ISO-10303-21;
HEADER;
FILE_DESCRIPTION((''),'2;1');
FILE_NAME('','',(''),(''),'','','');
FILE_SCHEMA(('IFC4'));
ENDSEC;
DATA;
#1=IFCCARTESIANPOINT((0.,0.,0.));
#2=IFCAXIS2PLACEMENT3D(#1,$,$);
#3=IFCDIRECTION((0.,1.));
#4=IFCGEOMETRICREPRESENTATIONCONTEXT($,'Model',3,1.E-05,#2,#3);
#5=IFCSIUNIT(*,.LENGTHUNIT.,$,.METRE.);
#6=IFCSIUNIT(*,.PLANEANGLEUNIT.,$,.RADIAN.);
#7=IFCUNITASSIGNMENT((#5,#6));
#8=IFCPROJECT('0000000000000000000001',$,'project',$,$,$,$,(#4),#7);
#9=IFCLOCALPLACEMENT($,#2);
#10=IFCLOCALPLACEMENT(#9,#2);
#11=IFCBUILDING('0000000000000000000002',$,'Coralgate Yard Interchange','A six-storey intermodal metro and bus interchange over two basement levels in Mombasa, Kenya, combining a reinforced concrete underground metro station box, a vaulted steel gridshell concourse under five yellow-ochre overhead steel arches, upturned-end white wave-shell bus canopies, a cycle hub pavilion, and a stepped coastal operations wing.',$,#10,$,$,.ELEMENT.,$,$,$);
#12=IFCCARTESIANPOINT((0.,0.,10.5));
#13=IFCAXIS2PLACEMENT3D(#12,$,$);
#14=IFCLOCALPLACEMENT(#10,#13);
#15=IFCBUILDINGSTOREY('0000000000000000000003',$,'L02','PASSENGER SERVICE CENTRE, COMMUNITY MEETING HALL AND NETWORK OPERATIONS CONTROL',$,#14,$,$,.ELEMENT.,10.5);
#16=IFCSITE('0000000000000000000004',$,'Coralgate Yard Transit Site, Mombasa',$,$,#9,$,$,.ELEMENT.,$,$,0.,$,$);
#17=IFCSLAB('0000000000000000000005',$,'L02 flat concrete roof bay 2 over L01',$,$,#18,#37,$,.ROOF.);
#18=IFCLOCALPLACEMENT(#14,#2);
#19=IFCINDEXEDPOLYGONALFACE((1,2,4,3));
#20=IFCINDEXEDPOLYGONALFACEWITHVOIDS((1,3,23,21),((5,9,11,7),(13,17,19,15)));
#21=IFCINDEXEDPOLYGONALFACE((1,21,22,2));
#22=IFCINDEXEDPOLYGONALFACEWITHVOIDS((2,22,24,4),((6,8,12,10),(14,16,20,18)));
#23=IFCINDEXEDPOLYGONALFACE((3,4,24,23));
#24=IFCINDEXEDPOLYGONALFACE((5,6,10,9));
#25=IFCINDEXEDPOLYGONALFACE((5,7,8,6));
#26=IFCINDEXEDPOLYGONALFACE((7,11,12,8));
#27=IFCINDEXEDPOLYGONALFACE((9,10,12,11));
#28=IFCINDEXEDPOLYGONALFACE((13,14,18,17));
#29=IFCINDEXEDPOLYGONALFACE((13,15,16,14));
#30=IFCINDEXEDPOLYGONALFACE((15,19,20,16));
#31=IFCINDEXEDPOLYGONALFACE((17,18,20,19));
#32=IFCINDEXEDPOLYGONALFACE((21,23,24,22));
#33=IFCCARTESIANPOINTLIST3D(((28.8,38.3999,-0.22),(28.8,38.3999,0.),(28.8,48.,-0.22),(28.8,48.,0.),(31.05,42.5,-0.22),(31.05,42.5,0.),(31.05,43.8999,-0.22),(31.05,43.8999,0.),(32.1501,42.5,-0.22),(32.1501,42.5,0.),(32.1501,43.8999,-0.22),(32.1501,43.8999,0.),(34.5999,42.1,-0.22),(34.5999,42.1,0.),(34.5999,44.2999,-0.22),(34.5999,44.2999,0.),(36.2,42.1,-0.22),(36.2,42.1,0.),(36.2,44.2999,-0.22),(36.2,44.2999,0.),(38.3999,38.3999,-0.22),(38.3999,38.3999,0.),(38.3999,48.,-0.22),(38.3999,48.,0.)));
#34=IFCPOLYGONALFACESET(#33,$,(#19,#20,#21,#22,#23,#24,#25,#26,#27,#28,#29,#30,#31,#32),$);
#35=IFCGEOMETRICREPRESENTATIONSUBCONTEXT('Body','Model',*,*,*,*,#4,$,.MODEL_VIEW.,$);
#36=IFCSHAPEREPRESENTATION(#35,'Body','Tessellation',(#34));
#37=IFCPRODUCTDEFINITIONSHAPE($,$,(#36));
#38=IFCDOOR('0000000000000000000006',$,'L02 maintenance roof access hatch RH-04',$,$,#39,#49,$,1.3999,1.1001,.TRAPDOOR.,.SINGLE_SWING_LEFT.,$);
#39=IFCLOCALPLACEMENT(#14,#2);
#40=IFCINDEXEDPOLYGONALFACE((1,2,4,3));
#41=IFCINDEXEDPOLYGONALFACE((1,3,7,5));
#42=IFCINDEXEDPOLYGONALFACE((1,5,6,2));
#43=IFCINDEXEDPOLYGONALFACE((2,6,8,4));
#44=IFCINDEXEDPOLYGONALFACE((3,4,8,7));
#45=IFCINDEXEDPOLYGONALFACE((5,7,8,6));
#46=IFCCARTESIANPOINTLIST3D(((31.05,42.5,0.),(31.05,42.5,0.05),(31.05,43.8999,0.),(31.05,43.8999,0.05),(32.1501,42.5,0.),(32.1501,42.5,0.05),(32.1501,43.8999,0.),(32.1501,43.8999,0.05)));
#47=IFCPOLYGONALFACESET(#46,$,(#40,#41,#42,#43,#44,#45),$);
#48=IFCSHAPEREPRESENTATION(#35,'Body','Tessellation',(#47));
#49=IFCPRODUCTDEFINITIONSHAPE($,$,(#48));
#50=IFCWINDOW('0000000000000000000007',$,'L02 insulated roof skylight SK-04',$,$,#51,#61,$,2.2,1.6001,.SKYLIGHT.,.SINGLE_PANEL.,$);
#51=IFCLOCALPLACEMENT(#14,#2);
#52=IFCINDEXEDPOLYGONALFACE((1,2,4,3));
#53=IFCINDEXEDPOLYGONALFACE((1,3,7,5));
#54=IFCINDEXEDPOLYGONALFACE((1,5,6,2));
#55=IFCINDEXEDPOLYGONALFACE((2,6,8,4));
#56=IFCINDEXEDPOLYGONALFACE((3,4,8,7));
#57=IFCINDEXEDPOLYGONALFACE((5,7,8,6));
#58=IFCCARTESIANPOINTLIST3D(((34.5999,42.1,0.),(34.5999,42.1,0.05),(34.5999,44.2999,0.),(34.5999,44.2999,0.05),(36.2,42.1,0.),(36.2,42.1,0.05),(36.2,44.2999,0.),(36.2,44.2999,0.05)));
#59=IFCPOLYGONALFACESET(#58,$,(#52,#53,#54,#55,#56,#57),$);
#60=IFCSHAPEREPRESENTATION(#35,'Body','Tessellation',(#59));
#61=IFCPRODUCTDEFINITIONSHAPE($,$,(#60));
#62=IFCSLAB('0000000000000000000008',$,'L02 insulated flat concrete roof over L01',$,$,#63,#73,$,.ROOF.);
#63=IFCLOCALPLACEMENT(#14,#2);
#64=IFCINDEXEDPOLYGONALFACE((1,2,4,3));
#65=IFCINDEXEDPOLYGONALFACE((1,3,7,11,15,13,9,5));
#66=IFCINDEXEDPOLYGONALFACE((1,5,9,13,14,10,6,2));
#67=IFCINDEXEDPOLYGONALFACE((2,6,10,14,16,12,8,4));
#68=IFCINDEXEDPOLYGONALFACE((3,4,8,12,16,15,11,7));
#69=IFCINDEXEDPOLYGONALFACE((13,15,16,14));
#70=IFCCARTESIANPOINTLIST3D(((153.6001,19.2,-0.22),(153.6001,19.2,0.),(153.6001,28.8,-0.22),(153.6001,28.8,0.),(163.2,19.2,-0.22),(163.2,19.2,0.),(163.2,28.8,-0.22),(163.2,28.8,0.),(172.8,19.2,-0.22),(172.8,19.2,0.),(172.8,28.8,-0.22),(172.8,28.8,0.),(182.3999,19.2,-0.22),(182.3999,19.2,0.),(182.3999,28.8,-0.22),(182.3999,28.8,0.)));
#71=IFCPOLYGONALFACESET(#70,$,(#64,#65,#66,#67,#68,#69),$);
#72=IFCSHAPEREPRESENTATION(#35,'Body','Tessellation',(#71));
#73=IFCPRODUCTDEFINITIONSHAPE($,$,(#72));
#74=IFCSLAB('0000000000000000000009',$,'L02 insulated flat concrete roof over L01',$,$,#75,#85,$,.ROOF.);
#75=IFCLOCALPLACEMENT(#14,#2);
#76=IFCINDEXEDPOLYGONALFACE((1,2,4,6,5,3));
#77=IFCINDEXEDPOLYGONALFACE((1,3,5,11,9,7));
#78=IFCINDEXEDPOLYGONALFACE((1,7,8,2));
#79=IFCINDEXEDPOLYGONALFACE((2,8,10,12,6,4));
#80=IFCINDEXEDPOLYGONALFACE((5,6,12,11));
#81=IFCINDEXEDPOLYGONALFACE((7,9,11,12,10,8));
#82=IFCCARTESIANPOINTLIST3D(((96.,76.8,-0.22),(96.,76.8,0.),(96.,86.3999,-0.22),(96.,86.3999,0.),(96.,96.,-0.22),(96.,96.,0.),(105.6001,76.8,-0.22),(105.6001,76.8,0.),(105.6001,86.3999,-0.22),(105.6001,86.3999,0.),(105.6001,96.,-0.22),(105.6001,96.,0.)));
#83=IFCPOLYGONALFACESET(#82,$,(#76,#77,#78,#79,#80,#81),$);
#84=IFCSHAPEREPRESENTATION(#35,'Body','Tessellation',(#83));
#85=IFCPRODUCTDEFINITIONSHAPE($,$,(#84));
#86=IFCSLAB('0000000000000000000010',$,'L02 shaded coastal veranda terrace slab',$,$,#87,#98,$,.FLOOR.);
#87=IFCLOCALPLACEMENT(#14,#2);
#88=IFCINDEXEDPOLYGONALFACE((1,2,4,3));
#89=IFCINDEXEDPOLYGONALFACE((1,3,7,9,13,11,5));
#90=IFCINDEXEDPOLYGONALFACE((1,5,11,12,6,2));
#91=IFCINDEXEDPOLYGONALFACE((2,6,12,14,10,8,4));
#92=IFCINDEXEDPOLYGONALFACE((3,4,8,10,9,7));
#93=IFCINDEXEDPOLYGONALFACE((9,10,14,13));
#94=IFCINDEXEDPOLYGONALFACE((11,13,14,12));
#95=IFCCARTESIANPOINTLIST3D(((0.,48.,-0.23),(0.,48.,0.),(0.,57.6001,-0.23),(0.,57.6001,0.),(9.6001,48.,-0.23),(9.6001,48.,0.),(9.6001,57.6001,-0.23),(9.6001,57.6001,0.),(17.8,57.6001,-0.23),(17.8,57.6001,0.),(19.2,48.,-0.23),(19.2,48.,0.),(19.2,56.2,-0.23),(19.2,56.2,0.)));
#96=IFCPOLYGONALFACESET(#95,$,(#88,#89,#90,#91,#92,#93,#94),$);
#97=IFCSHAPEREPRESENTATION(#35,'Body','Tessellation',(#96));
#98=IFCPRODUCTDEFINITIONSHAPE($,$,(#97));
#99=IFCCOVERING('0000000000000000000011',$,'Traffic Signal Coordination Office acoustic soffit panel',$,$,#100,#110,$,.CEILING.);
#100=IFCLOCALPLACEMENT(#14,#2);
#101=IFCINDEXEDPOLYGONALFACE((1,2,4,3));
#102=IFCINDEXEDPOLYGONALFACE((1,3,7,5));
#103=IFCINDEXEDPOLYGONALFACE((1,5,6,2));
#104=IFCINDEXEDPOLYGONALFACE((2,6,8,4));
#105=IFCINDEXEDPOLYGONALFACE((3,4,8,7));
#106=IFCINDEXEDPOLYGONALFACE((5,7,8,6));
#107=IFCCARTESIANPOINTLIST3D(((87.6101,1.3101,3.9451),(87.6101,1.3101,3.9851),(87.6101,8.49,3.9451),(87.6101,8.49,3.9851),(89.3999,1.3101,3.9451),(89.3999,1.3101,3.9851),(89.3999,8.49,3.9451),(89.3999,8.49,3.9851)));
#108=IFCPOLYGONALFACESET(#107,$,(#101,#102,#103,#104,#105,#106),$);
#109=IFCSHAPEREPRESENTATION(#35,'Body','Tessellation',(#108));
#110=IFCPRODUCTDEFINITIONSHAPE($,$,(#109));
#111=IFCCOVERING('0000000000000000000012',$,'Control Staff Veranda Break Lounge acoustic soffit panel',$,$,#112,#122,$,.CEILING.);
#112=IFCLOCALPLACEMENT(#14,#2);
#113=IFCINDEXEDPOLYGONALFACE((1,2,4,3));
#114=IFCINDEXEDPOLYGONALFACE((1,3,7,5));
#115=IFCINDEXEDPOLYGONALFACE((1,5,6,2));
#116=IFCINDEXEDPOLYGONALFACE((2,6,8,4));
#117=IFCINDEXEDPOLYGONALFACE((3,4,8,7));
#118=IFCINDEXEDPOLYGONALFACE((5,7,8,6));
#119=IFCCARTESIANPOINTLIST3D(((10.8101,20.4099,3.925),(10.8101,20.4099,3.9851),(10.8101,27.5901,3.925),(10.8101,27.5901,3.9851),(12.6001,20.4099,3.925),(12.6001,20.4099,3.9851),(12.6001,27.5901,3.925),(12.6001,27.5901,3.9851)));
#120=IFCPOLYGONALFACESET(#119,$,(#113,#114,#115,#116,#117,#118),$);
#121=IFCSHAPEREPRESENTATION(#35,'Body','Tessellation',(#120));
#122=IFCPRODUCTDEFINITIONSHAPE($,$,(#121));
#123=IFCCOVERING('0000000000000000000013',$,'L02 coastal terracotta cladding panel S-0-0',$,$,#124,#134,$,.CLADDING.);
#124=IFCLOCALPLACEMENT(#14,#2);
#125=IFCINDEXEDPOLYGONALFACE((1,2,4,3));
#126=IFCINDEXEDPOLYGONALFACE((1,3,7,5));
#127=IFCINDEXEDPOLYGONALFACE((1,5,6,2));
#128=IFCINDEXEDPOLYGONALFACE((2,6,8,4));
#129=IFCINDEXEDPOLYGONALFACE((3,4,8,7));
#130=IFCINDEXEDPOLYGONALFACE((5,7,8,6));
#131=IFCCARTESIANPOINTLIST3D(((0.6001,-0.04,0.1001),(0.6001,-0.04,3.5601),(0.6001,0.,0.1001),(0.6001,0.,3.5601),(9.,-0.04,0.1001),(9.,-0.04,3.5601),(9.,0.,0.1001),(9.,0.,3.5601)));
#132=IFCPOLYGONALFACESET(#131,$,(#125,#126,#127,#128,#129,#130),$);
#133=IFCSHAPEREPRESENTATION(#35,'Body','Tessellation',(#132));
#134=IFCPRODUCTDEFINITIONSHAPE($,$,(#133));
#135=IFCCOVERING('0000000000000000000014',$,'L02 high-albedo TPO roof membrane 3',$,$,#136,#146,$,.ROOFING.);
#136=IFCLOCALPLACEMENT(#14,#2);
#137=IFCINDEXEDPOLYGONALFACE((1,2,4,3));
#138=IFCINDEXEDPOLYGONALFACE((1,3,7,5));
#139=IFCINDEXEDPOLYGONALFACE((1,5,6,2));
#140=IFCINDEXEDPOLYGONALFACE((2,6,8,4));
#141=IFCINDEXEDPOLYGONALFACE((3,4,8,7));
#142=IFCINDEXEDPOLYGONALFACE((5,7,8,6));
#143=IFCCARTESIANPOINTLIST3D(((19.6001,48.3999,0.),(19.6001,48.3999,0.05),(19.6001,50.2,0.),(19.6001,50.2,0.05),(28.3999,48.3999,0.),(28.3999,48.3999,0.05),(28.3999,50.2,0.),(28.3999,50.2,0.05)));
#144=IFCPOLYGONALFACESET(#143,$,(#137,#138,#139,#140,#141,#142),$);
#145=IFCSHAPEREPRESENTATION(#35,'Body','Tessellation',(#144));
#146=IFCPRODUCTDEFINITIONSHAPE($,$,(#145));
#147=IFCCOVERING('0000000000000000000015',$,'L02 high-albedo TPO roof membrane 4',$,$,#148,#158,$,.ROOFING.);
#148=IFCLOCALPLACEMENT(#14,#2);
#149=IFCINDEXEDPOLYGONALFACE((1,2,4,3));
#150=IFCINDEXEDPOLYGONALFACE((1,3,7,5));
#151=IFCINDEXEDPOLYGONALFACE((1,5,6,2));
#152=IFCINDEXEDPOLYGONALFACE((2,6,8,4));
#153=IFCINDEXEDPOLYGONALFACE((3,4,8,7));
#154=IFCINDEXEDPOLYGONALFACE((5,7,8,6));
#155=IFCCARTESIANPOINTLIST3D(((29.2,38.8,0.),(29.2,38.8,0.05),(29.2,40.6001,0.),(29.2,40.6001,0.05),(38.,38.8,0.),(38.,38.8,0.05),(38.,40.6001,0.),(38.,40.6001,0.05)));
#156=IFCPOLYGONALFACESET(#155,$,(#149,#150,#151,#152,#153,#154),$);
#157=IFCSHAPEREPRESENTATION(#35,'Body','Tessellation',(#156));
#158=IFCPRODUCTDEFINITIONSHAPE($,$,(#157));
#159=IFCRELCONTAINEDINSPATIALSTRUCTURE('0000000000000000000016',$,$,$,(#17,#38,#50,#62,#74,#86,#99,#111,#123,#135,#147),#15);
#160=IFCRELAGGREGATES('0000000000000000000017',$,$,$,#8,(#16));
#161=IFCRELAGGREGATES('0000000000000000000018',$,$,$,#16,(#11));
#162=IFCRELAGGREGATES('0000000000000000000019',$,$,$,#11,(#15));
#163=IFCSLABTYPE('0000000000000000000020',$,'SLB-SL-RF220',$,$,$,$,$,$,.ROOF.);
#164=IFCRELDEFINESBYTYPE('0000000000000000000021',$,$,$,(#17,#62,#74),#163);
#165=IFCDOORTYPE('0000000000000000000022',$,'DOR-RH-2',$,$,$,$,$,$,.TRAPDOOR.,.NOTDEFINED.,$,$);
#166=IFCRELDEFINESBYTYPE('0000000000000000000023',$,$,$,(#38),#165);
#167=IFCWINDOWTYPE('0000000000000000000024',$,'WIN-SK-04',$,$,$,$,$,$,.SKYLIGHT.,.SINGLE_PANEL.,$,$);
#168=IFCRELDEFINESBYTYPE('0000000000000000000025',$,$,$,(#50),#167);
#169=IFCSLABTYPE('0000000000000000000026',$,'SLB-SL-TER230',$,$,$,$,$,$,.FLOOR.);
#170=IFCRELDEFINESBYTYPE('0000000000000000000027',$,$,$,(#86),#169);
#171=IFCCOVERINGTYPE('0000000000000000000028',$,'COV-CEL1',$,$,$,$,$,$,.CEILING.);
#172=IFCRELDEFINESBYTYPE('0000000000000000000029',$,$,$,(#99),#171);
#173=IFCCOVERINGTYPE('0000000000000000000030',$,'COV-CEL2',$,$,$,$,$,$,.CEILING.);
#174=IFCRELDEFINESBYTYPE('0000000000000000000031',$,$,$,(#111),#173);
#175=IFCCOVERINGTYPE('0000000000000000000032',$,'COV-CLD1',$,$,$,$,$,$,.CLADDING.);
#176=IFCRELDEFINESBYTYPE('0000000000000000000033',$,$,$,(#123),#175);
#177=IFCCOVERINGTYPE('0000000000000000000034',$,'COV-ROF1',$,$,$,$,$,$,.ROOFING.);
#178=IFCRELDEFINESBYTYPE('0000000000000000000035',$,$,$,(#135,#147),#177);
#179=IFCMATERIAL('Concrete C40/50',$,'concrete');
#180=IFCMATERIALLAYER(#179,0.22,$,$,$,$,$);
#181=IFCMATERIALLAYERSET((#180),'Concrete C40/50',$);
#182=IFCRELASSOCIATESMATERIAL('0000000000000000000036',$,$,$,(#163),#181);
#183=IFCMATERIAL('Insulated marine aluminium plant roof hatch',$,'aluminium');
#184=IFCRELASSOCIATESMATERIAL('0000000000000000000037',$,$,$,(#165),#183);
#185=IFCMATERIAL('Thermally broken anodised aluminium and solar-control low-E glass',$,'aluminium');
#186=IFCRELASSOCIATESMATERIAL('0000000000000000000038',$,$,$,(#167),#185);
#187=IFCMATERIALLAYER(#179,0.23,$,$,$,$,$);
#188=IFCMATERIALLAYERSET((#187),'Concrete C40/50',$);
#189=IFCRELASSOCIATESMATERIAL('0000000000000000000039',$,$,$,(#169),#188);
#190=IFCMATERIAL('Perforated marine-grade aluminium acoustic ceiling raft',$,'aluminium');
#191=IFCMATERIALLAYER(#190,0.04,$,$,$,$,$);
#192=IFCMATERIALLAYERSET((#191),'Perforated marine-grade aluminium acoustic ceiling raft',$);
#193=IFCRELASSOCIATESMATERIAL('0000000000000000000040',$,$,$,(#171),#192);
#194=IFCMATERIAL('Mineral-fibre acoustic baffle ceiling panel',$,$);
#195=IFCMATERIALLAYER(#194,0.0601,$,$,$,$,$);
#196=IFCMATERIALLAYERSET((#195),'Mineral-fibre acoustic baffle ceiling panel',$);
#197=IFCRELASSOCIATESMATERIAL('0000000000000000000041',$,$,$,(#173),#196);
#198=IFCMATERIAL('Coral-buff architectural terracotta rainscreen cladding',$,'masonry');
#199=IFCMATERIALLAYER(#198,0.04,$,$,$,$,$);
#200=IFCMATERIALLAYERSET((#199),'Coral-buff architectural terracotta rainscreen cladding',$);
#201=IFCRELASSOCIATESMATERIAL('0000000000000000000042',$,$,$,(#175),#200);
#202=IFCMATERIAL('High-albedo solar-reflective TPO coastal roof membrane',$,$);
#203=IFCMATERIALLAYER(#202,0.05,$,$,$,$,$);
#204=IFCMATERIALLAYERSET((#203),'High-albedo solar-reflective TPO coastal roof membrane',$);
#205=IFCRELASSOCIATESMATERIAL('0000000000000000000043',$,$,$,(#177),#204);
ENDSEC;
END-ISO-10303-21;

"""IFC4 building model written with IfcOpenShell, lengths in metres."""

from ifc_helpers import new_model, si_unit, direction, frame, origin, origin_2d, place, context, subcontext, project, spatial, polyline, rectangle, outline, extrude, material, layer, layer_set, type_object, element, fill, save


model = new_model("IFC4")

# Units and contexts
model_context = context("Model", 3, precision=1e-05, world=origin(), true_north=direction((0.0, 1.0)))
body_context = subcontext(model_context, "Body", "Model", "MODEL_VIEW")
ifc_project = project(units=[si_unit("LENGTHUNIT", "METRE"), si_unit("PLANEANGLEUNIT", "RADIAN")], contexts=[model_context])

# Site, building, storey
site_placement = place(None, origin())
site = spatial("IfcSite", under=ifc_project, at=site_placement, Name="Coralgate Yard Transit Site, Mombasa", CompositionType="ELEMENT", RefElevation=0.0)
building_placement = place(site_placement, origin())
building = spatial("IfcBuilding", under=site, at=building_placement, Name="Coralgate Yard Interchange", Description="A six-storey intermodal metro and bus interchange over two basement levels in Mombasa, Kenya, combining a reinforced concrete underground metro station box, a vaulted steel gridshell concourse under five yellow-ochre overhead steel arches, upturned-end white wave-shell bus canopies, a cycle hub pavilion, and a stepped coastal operations wing.", CompositionType="ELEMENT")
storey_placement = place(building_placement, frame((0.0, 0.0, 10.5)))
storey = spatial("IfcBuildingStorey", under=building, at=storey_placement, Name="L02", Description="PASSENGER SERVICE CENTRE, COMMUNITY MEETING HALL AND NETWORK OPERATIONS CONTROL", CompositionType="ELEMENT", Elevation=10.5)

# Shared definitions
ifc_material_1 = material(Name="Concrete C40/50", Category="concrete")

# Slab, openings, door, window
ifc_layer_1 = layer(ifc_material_1, 0.22)
ifc_layer_set_1 = layer_set([ifc_layer_1], Name="Concrete C40/50")
slab_type_1 = type_object("IfcSlabType", Name="SLB-SL-RF220", PredefinedType="ROOF", material=ifc_layer_set_1)
ifc_material_2 = material(Name="Thermally broken anodised aluminium and solar-control low-E glass", Category="aluminium")
slab_1_placement = place(storey_placement, frame((0.0, 0.0, -0.22)))
slab_1 = element("IfcSlab", 1, at=slab_1_placement, inside=storey, type_object=slab_type_1, Name="L02 flat concrete roof bay 2 over L01", PredefinedType="ROOF", context=body_context, shape_type="SweptSolid", body=[
    extrude(outline(polyline([(28.8, 38.3999), (38.3999, 38.3999), (38.3999, 48.0), (28.8, 48.0), (28.8, 38.3999)])), origin(), (0.0, 0.0, 1.0), 0.22),
])
opening_1_placement = place(slab_1_placement, frame((31.6001, 43.2, -0.01)))
opening_1 = element("IfcOpeningElement", 2, at=opening_1_placement, cuts=slab_1, PredefinedType="OPENING", context=body_context, shape_type="SweptSolid", body=[
    extrude(rectangle(XDim=1.1001, YDim=1.3999, at=origin_2d()), origin(), (0.0, 0.0, 1.0), 0.29),
])
opening_2_placement = place(slab_1_placement, frame((35.3999, 43.2, -0.01)))
opening_2 = element("IfcOpeningElement", 3, at=opening_2_placement, cuts=slab_1, PredefinedType="OPENING", context=body_context, shape_type="SweptSolid", body=[
    extrude(rectangle(XDim=1.6001, YDim=2.2, at=origin_2d()), origin(), (0.0, 0.0, 1.0), 0.29),
])
ifc_material_3 = material(Name="Insulated marine aluminium plant roof hatch", Category="aluminium")
door_type_1 = type_object("IfcDoorType", Name="DOR-RH-2", OperationType="NOTDEFINED", PredefinedType="TRAPDOOR", material=ifc_material_3)
door_1_placement = place(opening_1_placement, frame((0.0, 0.0, 0.23)))
door_1 = element("IfcDoor", 4, at=door_1_placement, inside=storey, type_object=door_type_1, Name="L02 maintenance roof access hatch RH-04", OperationType="SINGLE_SWING_LEFT", OverallHeight=1.3999, OverallWidth=1.1001, PredefinedType="TRAPDOOR", context=body_context, shape_type="SweptSolid", body=[
    extrude(rectangle(XDim=1.1001, YDim=1.3999, at=origin_2d()), origin(), (0.0, 0.0, 1.0), 0.05),
])
fill(opening_1, door_1)
window_type_1 = type_object("IfcWindowType", Name="WIN-SK-04", PartitioningType="SINGLE_PANEL", PredefinedType="SKYLIGHT", material=ifc_material_2)
window_1_placement = place(opening_2_placement, frame((0.0, 0.0, 0.23)))
window_1 = element("IfcWindow", 5, at=window_1_placement, inside=storey, type_object=window_type_1, Name="L02 insulated roof skylight SK-04", OverallHeight=2.2, OverallWidth=1.6001, PartitioningType="SINGLE_PANEL", PredefinedType="SKYLIGHT", context=body_context, shape_type="SweptSolid", body=[
    extrude(rectangle(XDim=1.6001, YDim=2.2, at=origin_2d()), origin(), (0.0, 0.0, 1.0), 0.05),
])
fill(opening_2, window_1)

# Slabs
slab_2_placement = place(storey_placement, frame((0.0, 0.0, -0.22)))
element("IfcSlab", 6, at=slab_2_placement, inside=storey, type_object=slab_type_1, Name="L02 insulated flat concrete roof over L01", PredefinedType="ROOF", context=body_context, shape_type="SweptSolid", body=[
    extrude(outline(polyline([(153.6001, 28.8), (163.2, 28.8), (172.8, 28.8), (182.3999, 28.8), (182.3999, 19.2), (172.8, 19.2), (163.2, 19.2), (153.6001, 19.2), (153.6001, 28.8)])), origin(), (0.0, 0.0, 1.0), 0.22),
])
slab_3_placement = place(storey_placement, frame((0.0, 0.0, -0.22)))
element("IfcSlab", 7, at=slab_3_placement, inside=storey, type_object=slab_type_1, Name="L02 insulated flat concrete roof over L01", PredefinedType="ROOF", context=body_context, shape_type="SweptSolid", body=[
    extrude(outline(polyline([(96.0, 86.3999), (96.0, 96.0), (105.6001, 96.0), (105.6001, 86.3999), (105.6001, 76.8), (96.0, 76.8), (96.0, 86.3999)])), origin(), (0.0, 0.0, 1.0), 0.22),
])
ifc_layer_2 = layer(ifc_material_1, 0.23)
ifc_layer_set_2 = layer_set([ifc_layer_2], Name="Concrete C40/50")
slab_type_2 = type_object("IfcSlabType", Name="SLB-SL-TER230", PredefinedType="FLOOR", material=ifc_layer_set_2)
slab_4_placement = place(storey_placement, frame((0.0, 0.0, -0.23)))
element("IfcSlab", 8, at=slab_4_placement, inside=storey, type_object=slab_type_2, Name="L02 shaded coastal veranda terrace slab", PredefinedType="FLOOR", context=body_context, shape_type="SweptSolid", body=[
    extrude(outline(polyline([(0.0, 57.6001), (9.6001, 57.6001), (17.8, 57.6001), (19.2, 56.2), (19.2, 48.0), (9.6001, 48.0), (0.0, 48.0), (0.0, 57.6001)])), origin(), (0.0, 0.0, 1.0), 0.23),
])

# Coverings
ifc_material_4 = material(Name="Perforated marine-grade aluminium acoustic ceiling raft", Category="aluminium")
ifc_layer_3 = layer(ifc_material_4, 0.04)
ifc_layer_set_3 = layer_set([ifc_layer_3], Name="Perforated marine-grade aluminium acoustic ceiling raft")
covering_type_1 = type_object("IfcCoveringType", Name="COV-CEL1", PredefinedType="CEILING", material=ifc_layer_set_3)
covering_1_placement = place(storey_placement, frame((0.0, 0.0, 3.9451)))
element("IfcCovering", 9, at=covering_1_placement, inside=storey, type_object=covering_type_1, Name="Traffic Signal Coordination Office acoustic soffit panel", PredefinedType="CEILING", context=body_context, shape_type="SweptSolid", body=[
    extrude(outline(polyline([(87.6101, 1.3101), (89.3999, 1.3101), (89.3999, 8.49), (87.6101, 8.49), (87.6101, 1.3101)])), origin(), (0.0, 0.0, 1.0), 0.04),
])
ifc_material_5 = material(Name="Mineral-fibre acoustic baffle ceiling panel")
ifc_layer_4 = layer(ifc_material_5, 0.0601)
ifc_layer_set_4 = layer_set([ifc_layer_4], Name="Mineral-fibre acoustic baffle ceiling panel")
covering_type_2 = type_object("IfcCoveringType", Name="COV-CEL2", PredefinedType="CEILING", material=ifc_layer_set_4)
covering_2_placement = place(storey_placement, frame((0.0, 0.0, 3.925)))
element("IfcCovering", 10, at=covering_2_placement, inside=storey, type_object=covering_type_2, Name="Control Staff Veranda Break Lounge acoustic soffit panel", PredefinedType="CEILING", context=body_context, shape_type="SweptSolid", body=[
    extrude(outline(polyline([(10.8101, 20.4099), (12.6001, 20.4099), (12.6001, 27.5901), (10.8101, 27.5901), (10.8101, 20.4099)])), origin(), (0.0, 0.0, 1.0), 0.0601),
])
ifc_material_6 = material(Name="Coral-buff architectural terracotta rainscreen cladding", Category="masonry")
ifc_layer_5 = layer(ifc_material_6, 0.04)
ifc_layer_set_5 = layer_set([ifc_layer_5], Name="Coral-buff architectural terracotta rainscreen cladding")
covering_type_3 = type_object("IfcCoveringType", Name="COV-CLD1", PredefinedType="CLADDING", material=ifc_layer_set_5)
covering_3_placement = place(storey_placement, frame((4.8, -0.02, 0.1001), z_axis=(0.0, 0.0, 1.0), x_axis=(-1.0, 0.0, 0.0)))
element("IfcCovering", 11, at=covering_3_placement, inside=storey, type_object=covering_type_3, Name="L02 coastal terracotta cladding panel S-0-0", PredefinedType="CLADDING", context=body_context, shape_type="SweptSolid", body=[
    extrude(rectangle(XDim=8.3999, YDim=0.04, at=origin_2d()), origin(), (0.0, 0.0, 1.0), 3.46),
])
ifc_material_7 = material(Name="High-albedo solar-reflective TPO coastal roof membrane")
ifc_layer_6 = layer(ifc_material_7, 0.05)
ifc_layer_set_6 = layer_set([ifc_layer_6], Name="High-albedo solar-reflective TPO coastal roof membrane")
covering_type_4 = type_object("IfcCoveringType", Name="COV-ROF1", PredefinedType="ROOFING", material=ifc_layer_set_6)
covering_4_placement = place(storey_placement, origin())
element("IfcCovering", 12, at=covering_4_placement, inside=storey, type_object=covering_type_4, Name="L02 high-albedo TPO roof membrane 3", PredefinedType="ROOFING", context=body_context, shape_type="SweptSolid", body=[
    extrude(outline(polyline([(19.6001, 48.3999), (28.3999, 48.3999), (28.3999, 50.2), (19.6001, 50.2), (19.6001, 48.3999)])), origin(), (0.0, 0.0, 1.0), 0.05),
])
covering_5_placement = place(storey_placement, origin())
element("IfcCovering", 13, at=covering_5_placement, inside=storey, type_object=covering_type_4, Name="L02 high-albedo TPO roof membrane 4", PredefinedType="ROOFING", context=body_context, shape_type="SweptSolid", body=[
    extrude(outline(polyline([(29.2, 38.8), (38.0, 38.8), (38.0, 40.6001), (29.2, 40.6001), (29.2, 38.8)])), origin(), (0.0, 0.0, 1.0), 0.05),
])

save(model, "model.ifc")
